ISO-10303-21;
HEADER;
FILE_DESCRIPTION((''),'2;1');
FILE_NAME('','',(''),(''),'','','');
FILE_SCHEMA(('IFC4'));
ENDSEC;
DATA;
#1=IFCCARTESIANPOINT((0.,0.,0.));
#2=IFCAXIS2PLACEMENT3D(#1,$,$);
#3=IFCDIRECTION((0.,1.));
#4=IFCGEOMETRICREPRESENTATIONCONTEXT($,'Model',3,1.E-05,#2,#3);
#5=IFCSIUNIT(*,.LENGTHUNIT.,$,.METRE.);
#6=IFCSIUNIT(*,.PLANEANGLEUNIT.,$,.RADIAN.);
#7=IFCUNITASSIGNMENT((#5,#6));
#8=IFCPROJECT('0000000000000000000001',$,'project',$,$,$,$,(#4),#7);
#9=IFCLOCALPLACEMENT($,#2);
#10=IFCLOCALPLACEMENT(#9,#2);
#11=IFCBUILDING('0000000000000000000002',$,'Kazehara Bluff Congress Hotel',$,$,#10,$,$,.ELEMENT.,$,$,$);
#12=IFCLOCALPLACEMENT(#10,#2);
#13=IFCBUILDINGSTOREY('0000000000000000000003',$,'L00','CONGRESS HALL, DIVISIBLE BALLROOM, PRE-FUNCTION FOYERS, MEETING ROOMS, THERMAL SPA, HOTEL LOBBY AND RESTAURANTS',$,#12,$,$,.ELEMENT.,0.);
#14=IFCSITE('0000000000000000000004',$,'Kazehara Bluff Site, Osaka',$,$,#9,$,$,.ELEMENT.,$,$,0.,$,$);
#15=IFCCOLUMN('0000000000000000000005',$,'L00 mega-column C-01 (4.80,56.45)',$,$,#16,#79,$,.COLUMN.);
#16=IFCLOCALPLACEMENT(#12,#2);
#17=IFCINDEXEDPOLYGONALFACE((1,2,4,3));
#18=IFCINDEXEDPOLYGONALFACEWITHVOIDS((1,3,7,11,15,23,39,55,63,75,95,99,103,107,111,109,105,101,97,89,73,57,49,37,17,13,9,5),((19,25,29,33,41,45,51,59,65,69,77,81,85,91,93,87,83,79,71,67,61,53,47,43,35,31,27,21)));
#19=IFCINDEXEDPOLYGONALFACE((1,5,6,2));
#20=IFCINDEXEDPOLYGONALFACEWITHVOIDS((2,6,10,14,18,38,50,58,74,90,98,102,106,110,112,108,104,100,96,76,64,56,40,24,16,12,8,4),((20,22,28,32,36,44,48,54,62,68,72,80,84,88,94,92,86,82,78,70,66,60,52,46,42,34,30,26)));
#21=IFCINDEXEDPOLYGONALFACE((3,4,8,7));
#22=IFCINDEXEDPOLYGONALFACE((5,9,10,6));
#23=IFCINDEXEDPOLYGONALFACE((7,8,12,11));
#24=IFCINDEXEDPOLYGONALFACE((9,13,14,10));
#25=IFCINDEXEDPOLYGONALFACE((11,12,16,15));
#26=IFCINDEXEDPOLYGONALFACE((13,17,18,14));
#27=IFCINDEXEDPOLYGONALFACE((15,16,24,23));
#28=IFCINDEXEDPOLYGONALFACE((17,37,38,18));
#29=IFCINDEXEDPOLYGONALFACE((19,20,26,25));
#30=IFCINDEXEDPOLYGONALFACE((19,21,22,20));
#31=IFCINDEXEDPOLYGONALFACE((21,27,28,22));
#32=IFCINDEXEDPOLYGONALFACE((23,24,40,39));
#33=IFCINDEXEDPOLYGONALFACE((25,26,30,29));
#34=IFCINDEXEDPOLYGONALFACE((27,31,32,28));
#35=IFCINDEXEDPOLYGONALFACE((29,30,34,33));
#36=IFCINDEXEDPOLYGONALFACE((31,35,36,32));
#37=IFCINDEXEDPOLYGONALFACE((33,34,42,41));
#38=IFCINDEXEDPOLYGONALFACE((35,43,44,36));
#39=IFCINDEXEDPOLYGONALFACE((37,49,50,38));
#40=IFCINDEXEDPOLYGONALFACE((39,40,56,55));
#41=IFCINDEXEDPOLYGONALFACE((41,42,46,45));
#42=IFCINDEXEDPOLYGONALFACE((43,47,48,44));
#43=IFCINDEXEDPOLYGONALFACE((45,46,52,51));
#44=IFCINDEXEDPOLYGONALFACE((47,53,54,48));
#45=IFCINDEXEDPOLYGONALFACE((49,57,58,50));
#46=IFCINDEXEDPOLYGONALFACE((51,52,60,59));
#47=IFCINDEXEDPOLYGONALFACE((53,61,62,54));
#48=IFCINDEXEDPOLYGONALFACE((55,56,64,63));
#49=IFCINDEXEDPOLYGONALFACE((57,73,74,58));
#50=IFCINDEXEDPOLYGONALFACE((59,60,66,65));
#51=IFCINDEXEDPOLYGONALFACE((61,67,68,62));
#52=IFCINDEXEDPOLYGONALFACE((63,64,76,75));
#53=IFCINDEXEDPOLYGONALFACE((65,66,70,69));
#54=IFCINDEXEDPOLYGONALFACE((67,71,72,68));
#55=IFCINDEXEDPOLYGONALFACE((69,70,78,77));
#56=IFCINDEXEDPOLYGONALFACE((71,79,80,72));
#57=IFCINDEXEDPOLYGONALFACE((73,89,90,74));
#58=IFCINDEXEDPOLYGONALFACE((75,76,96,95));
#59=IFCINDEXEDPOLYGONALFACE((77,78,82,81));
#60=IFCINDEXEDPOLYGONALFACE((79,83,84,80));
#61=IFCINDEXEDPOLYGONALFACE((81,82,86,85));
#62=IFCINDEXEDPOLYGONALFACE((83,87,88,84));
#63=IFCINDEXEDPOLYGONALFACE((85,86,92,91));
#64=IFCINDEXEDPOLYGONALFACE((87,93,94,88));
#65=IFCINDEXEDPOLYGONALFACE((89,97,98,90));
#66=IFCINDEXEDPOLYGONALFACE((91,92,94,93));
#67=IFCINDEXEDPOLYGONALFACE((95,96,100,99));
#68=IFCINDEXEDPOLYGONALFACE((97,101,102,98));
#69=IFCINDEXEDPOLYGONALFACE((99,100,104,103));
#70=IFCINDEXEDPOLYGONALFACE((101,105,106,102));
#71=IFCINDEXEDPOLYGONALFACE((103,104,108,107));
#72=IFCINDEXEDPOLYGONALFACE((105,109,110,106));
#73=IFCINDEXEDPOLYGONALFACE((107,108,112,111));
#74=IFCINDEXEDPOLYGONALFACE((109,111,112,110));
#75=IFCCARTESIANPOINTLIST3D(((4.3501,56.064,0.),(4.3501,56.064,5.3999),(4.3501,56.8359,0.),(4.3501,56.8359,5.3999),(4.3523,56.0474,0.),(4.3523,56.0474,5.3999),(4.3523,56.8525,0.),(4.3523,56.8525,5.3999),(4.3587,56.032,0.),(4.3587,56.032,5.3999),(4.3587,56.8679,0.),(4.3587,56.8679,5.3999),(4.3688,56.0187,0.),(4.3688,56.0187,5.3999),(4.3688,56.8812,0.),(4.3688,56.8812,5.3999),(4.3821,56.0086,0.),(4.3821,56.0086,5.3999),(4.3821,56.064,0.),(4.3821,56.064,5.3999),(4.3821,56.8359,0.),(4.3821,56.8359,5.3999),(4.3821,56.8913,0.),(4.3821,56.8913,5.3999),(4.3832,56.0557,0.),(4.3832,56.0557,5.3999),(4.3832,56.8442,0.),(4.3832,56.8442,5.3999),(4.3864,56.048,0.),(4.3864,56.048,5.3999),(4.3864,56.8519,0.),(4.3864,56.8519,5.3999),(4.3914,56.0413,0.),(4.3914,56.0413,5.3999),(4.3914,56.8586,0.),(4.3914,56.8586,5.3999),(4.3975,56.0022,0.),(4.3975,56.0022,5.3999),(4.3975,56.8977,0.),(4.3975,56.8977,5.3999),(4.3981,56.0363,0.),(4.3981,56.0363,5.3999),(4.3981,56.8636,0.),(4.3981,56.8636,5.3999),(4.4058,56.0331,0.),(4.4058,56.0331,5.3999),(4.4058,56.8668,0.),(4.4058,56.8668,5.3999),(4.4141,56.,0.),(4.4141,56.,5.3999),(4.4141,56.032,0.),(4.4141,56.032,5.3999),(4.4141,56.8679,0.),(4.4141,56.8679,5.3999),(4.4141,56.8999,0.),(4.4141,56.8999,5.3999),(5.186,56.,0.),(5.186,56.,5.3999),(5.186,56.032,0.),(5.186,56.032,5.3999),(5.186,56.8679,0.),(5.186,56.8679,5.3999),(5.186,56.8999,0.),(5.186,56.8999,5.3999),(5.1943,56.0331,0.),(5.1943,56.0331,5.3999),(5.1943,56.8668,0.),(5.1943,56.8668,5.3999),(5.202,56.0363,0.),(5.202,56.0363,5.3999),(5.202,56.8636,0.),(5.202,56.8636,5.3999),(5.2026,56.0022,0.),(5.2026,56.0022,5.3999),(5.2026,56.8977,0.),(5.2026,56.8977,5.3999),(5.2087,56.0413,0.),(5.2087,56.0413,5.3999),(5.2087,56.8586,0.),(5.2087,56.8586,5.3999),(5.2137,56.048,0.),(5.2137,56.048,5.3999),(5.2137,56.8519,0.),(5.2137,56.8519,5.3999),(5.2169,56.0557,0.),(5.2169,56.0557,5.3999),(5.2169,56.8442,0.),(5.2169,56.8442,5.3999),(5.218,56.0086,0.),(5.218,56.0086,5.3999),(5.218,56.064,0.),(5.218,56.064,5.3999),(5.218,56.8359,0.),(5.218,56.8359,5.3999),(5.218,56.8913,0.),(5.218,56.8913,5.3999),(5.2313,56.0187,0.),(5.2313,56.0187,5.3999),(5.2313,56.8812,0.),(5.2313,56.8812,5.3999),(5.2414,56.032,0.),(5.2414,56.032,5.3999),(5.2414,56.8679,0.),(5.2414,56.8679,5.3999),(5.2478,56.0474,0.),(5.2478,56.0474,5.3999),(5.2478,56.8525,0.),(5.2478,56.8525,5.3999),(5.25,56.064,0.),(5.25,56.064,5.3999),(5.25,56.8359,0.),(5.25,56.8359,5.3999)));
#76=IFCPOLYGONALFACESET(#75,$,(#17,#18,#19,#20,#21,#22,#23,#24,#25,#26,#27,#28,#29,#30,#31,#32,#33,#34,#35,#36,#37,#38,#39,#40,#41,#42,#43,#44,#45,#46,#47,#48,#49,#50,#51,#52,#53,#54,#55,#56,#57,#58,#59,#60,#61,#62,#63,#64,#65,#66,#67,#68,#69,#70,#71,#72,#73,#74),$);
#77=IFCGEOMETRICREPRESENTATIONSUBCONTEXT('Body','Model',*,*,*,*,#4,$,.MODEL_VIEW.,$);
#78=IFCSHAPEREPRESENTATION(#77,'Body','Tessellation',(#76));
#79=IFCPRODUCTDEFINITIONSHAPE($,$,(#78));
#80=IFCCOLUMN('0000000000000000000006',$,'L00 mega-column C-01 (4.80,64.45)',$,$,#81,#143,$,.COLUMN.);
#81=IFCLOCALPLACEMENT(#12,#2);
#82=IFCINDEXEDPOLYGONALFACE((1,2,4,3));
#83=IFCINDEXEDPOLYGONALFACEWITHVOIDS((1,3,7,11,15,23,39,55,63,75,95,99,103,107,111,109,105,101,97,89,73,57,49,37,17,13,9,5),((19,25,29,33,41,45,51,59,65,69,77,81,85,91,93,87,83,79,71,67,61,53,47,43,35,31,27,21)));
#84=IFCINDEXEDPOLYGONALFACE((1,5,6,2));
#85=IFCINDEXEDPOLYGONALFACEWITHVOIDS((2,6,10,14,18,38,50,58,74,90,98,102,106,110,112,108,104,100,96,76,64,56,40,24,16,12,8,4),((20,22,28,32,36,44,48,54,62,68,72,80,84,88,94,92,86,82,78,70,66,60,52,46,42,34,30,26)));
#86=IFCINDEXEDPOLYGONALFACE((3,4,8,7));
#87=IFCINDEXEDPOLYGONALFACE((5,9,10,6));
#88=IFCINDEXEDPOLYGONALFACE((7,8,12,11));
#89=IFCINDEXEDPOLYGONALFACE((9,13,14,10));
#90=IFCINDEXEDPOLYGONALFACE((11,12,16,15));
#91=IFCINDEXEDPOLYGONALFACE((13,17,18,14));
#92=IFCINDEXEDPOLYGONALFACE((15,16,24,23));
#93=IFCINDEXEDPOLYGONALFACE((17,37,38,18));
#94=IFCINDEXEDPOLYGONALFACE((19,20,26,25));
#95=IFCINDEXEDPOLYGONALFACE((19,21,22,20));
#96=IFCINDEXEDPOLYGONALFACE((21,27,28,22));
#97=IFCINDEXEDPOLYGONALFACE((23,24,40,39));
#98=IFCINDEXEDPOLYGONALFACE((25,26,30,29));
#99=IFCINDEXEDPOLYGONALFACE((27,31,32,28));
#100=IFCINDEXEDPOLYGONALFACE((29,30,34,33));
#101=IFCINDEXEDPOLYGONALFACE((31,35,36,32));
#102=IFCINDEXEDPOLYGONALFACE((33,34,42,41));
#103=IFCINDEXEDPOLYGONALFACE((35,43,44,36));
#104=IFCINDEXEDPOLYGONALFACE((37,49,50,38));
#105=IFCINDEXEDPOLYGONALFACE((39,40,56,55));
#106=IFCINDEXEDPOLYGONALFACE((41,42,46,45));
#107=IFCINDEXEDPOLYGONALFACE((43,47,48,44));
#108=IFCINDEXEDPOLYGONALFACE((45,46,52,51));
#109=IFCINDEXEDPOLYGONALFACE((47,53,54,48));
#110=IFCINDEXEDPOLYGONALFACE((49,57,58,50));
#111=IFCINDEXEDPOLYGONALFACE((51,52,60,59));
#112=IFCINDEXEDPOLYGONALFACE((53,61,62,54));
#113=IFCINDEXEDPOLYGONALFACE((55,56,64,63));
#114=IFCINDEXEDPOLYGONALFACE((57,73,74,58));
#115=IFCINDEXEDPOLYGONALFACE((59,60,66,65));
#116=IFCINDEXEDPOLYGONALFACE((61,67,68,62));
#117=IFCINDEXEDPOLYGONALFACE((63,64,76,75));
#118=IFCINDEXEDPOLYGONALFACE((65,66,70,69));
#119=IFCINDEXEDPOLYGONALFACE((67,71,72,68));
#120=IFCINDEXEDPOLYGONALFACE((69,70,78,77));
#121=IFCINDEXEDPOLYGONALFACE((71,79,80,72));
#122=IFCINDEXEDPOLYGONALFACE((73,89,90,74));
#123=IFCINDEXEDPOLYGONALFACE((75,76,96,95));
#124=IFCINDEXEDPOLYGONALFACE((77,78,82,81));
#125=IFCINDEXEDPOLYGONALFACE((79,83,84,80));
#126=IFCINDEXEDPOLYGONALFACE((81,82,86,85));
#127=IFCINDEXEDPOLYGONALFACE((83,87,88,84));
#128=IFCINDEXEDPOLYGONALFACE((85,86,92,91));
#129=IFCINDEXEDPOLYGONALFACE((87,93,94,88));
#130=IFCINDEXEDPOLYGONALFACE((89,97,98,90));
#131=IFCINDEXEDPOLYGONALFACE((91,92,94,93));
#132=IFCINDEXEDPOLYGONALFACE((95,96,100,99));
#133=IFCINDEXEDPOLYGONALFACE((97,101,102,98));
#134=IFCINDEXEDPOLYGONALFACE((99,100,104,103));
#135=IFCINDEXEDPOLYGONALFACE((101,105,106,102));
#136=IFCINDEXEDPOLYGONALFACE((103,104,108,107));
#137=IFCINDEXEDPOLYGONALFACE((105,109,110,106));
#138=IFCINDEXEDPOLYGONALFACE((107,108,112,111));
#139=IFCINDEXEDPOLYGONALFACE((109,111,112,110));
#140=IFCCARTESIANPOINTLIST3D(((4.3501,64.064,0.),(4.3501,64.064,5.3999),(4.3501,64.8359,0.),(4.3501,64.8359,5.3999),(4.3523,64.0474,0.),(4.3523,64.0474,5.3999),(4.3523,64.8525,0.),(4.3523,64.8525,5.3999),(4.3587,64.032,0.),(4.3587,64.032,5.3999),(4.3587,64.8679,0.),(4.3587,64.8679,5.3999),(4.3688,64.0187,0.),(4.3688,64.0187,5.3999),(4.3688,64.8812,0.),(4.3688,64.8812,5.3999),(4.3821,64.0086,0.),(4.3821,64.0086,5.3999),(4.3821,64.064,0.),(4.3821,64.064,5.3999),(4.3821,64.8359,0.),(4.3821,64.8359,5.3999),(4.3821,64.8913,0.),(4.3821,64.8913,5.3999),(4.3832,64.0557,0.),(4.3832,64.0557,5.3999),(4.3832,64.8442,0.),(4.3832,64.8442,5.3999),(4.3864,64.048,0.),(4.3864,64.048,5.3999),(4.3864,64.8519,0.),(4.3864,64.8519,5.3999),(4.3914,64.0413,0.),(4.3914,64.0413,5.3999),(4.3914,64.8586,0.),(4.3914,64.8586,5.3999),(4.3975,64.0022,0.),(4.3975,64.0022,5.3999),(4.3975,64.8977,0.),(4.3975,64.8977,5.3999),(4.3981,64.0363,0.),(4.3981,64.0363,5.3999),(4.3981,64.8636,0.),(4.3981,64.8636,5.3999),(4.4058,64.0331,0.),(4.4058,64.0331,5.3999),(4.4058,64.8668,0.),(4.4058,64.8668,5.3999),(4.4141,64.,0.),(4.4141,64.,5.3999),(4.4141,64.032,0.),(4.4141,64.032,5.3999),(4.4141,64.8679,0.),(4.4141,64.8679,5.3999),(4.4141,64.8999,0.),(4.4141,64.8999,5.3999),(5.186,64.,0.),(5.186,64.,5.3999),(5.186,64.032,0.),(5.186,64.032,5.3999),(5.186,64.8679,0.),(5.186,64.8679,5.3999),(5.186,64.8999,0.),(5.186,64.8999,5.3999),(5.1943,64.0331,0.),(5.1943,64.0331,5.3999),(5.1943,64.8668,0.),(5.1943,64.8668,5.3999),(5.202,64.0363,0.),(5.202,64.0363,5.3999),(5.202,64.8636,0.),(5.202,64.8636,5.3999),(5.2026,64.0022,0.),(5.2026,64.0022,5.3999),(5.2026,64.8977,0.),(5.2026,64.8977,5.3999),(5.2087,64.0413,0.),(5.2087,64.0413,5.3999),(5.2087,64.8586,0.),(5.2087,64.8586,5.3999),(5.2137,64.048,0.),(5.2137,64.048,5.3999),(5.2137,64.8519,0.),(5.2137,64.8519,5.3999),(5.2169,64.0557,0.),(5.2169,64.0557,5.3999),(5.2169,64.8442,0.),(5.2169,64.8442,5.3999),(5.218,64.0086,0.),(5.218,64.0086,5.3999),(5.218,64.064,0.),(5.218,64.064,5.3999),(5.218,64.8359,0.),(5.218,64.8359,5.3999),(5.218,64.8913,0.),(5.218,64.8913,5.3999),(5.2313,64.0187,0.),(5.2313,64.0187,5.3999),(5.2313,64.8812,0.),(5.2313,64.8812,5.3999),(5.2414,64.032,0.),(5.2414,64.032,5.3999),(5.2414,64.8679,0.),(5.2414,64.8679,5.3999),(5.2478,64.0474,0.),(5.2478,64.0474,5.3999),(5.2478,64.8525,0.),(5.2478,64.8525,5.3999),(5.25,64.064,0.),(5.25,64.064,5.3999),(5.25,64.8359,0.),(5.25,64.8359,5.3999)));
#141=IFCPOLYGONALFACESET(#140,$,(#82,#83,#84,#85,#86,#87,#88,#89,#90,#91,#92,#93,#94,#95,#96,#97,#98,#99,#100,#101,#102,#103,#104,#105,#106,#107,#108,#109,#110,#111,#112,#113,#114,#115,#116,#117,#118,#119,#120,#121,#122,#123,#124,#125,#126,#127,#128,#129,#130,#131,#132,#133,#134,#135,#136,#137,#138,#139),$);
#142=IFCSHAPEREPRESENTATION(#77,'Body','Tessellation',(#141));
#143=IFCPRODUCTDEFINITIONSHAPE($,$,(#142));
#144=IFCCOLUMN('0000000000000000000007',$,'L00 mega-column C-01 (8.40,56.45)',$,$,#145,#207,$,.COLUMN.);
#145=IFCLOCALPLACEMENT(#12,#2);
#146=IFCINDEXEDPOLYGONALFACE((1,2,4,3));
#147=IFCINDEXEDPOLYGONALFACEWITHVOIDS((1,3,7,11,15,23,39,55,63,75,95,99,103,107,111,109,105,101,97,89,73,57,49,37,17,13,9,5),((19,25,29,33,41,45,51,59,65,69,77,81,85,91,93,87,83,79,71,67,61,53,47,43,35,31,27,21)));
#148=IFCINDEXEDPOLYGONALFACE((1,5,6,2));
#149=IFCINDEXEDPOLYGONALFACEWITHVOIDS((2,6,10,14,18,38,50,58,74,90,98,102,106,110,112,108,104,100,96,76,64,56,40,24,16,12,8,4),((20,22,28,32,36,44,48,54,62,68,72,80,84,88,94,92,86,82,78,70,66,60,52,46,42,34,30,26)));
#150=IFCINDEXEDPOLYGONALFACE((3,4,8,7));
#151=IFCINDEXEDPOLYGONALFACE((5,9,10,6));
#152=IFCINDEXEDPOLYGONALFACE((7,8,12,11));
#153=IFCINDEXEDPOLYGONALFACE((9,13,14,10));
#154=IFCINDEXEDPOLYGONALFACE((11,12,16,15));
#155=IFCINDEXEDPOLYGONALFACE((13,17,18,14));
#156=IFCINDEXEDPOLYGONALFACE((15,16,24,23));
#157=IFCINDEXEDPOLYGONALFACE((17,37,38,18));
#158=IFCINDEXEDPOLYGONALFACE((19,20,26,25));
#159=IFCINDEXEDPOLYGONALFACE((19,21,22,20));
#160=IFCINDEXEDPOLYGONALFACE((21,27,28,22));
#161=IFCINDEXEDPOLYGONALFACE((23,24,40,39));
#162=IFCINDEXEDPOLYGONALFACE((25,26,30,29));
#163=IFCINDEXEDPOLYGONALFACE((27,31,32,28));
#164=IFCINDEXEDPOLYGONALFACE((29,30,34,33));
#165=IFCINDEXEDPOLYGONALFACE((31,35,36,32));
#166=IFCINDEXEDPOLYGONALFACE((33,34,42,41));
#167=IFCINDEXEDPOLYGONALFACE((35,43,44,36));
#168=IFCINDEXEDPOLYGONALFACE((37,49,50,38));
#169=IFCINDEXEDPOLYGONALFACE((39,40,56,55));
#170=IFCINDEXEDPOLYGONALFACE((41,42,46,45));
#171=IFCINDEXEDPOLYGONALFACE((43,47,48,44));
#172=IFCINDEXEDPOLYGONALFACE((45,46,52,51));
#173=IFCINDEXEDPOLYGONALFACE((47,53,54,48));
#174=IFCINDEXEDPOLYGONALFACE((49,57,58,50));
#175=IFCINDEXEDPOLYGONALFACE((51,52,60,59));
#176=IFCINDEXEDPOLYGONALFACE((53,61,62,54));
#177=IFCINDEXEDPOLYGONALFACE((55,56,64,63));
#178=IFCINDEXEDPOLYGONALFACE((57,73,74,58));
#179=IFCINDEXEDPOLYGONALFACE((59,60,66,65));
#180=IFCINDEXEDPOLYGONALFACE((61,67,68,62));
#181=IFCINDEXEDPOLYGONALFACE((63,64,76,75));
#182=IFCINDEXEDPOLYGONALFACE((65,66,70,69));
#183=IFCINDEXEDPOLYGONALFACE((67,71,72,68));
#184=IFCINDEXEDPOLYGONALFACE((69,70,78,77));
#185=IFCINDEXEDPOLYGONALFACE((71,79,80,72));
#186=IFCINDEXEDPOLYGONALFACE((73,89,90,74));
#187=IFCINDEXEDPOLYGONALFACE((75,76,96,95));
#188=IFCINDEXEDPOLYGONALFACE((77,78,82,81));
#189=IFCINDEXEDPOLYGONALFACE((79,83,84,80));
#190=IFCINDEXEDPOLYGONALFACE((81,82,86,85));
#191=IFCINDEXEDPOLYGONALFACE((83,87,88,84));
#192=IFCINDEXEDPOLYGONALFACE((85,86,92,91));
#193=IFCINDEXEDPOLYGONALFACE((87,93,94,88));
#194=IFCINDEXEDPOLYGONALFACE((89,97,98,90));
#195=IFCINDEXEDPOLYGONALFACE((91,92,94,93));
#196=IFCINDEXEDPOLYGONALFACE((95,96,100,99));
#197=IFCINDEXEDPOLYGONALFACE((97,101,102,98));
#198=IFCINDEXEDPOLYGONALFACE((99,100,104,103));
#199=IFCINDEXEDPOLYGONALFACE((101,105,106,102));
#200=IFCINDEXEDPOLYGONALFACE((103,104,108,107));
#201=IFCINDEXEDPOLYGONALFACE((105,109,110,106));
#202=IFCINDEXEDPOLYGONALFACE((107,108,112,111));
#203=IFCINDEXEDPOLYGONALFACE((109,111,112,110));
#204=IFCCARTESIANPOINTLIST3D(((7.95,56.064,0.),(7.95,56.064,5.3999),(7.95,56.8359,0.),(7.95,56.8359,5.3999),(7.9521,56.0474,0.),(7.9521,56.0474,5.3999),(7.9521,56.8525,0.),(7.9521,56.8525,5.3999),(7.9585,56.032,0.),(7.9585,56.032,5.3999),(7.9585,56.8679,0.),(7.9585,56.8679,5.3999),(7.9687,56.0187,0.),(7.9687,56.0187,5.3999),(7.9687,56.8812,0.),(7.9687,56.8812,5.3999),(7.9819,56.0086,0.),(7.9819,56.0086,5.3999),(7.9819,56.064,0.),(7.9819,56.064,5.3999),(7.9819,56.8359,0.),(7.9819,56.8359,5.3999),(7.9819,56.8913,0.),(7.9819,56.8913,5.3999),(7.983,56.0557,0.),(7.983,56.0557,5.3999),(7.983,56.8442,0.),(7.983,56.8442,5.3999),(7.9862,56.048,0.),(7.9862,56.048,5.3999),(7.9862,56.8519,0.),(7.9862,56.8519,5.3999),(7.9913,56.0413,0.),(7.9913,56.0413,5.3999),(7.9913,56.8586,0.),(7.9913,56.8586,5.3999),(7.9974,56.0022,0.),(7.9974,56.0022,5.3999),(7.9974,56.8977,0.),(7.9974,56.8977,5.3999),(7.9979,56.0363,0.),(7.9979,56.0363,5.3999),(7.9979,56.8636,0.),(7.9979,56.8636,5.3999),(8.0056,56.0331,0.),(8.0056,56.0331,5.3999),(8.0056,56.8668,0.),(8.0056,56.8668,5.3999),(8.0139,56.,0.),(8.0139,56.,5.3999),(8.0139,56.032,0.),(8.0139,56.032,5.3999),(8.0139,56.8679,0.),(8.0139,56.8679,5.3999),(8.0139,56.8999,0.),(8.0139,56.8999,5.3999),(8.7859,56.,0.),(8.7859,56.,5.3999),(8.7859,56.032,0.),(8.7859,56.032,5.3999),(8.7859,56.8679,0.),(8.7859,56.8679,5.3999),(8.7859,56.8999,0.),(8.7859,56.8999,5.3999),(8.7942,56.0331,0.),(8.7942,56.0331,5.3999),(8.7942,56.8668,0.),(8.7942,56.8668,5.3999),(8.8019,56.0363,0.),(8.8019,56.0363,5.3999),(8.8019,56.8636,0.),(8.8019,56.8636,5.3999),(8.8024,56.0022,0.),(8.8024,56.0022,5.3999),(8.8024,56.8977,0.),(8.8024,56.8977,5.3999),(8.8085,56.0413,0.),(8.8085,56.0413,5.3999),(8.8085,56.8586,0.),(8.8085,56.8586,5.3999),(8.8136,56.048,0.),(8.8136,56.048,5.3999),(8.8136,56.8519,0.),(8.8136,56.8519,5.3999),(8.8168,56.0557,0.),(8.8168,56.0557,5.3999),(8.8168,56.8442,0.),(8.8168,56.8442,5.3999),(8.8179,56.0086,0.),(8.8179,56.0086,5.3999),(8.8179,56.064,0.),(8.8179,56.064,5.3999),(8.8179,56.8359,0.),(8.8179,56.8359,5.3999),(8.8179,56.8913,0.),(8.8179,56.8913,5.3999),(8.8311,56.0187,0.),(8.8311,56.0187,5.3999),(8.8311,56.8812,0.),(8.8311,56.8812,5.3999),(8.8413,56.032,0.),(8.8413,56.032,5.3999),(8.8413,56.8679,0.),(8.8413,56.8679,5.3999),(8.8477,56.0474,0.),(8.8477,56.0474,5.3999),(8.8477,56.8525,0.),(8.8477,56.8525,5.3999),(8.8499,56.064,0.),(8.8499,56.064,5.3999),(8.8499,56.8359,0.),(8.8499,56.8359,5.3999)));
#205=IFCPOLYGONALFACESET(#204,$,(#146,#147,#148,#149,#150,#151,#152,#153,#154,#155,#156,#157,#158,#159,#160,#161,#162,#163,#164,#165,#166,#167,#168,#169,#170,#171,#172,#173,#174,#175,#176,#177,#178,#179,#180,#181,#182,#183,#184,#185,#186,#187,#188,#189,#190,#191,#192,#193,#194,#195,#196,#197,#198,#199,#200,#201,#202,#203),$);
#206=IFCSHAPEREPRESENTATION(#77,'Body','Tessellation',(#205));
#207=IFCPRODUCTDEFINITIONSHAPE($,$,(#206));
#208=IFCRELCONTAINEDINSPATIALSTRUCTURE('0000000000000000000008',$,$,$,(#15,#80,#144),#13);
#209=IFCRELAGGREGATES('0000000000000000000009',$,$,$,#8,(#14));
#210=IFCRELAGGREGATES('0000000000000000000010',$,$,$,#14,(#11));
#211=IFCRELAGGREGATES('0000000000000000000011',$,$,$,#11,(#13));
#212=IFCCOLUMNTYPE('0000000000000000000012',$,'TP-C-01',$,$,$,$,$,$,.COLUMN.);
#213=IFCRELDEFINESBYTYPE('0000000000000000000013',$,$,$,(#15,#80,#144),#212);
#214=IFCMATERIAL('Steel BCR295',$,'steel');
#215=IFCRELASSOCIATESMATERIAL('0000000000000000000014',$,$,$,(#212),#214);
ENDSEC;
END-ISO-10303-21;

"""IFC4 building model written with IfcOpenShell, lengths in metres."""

from ifc_helpers import new_model, si_unit, direction, frame, origin, origin_2d, place, context, subcontext, project, spatial, hollow_rectangle, extrude, material, material_profile, profile_set, type_object, element, save


model = new_model("IFC4")

# Units and contexts
model_context = context("Model", 3, precision=1e-05, world=origin(), true_north=direction((0.0, 1.0)))
body_context = subcontext(model_context, "Body", "Model", "MODEL_VIEW")
ifc_project = project(units=[si_unit("LENGTHUNIT", "METRE"), si_unit("PLANEANGLEUNIT", "RADIAN")], contexts=[model_context])

# Site, building, storey
site_placement = place(None, origin())
site = spatial("IfcSite", under=ifc_project, at=site_placement, Name="Kazehara Bluff Site, Osaka", CompositionType="ELEMENT", RefElevation=0.0)
building_placement = place(site_placement, origin())
building = spatial("IfcBuilding", under=site, at=building_placement, Name="Kazehara Bluff Congress Hotel", CompositionType="ELEMENT")
storey_placement = place(building_placement, origin())
storey = spatial("IfcBuildingStorey", under=building, at=storey_placement, Name="L00", Description="CONGRESS HALL, DIVISIBLE BALLROOM, PRE-FUNCTION FOYERS, MEETING ROOMS, THERMAL SPA, HOTEL LOBBY AND RESTAURANTS", CompositionType="ELEMENT", Elevation=0.0)

# Columns
ifc_material_1 = material(Name="Steel BCR295", Category="steel")
ifc_material_profile_1 = material_profile(ifc_material_1, hollow_rectangle(XDim=0.8999, YDim=0.8999, WallThickness=0.032, InnerFilletRadius=0.032, OuterFilletRadius=0.064, at=origin_2d()))
ifc_profile_set_1 = profile_set([ifc_material_profile_1], Name="Steel BCR295")
column_type = type_object("IfcColumnType", Name="TP-C-01", PredefinedType="COLUMN", material=ifc_profile_set_1)
for number, where, z_axis, x_axis, name in (
    (1, (4.8, 56.45, 0.0), (0.0, 0.0, 1.0), (1.0, 0.0, 0.0), "L00 mega-column C-01 (4.80,56.45)"),
    (2, (4.8, 64.45, 0.0), (0.0, 0.0, 1.0), (1.0, 0.0, 0.0), "L00 mega-column C-01 (4.80,64.45)"),
    (3, (8.3999, 56.45, 0.0), (0.0, 0.0, 1.0), (1.0, 0.0, 0.0), "L00 mega-column C-01 (8.40,56.45)"),
):
    element("IfcColumn", number, at=place(storey_placement, frame(where, z_axis=z_axis, x_axis=x_axis)), inside=storey, type_object=column_type, Name=name, PredefinedType="COLUMN", context=body_context, shape_type="SweptSolid", body=[
        extrude(hollow_rectangle(XDim=0.8999, YDim=0.8999, WallThickness=0.032, InnerFilletRadius=0.032, OuterFilletRadius=0.064, at=origin_2d()), origin(), (0.0, 0.0, 1.0), 5.3999),
    ])

save(model, "model.ifc")
